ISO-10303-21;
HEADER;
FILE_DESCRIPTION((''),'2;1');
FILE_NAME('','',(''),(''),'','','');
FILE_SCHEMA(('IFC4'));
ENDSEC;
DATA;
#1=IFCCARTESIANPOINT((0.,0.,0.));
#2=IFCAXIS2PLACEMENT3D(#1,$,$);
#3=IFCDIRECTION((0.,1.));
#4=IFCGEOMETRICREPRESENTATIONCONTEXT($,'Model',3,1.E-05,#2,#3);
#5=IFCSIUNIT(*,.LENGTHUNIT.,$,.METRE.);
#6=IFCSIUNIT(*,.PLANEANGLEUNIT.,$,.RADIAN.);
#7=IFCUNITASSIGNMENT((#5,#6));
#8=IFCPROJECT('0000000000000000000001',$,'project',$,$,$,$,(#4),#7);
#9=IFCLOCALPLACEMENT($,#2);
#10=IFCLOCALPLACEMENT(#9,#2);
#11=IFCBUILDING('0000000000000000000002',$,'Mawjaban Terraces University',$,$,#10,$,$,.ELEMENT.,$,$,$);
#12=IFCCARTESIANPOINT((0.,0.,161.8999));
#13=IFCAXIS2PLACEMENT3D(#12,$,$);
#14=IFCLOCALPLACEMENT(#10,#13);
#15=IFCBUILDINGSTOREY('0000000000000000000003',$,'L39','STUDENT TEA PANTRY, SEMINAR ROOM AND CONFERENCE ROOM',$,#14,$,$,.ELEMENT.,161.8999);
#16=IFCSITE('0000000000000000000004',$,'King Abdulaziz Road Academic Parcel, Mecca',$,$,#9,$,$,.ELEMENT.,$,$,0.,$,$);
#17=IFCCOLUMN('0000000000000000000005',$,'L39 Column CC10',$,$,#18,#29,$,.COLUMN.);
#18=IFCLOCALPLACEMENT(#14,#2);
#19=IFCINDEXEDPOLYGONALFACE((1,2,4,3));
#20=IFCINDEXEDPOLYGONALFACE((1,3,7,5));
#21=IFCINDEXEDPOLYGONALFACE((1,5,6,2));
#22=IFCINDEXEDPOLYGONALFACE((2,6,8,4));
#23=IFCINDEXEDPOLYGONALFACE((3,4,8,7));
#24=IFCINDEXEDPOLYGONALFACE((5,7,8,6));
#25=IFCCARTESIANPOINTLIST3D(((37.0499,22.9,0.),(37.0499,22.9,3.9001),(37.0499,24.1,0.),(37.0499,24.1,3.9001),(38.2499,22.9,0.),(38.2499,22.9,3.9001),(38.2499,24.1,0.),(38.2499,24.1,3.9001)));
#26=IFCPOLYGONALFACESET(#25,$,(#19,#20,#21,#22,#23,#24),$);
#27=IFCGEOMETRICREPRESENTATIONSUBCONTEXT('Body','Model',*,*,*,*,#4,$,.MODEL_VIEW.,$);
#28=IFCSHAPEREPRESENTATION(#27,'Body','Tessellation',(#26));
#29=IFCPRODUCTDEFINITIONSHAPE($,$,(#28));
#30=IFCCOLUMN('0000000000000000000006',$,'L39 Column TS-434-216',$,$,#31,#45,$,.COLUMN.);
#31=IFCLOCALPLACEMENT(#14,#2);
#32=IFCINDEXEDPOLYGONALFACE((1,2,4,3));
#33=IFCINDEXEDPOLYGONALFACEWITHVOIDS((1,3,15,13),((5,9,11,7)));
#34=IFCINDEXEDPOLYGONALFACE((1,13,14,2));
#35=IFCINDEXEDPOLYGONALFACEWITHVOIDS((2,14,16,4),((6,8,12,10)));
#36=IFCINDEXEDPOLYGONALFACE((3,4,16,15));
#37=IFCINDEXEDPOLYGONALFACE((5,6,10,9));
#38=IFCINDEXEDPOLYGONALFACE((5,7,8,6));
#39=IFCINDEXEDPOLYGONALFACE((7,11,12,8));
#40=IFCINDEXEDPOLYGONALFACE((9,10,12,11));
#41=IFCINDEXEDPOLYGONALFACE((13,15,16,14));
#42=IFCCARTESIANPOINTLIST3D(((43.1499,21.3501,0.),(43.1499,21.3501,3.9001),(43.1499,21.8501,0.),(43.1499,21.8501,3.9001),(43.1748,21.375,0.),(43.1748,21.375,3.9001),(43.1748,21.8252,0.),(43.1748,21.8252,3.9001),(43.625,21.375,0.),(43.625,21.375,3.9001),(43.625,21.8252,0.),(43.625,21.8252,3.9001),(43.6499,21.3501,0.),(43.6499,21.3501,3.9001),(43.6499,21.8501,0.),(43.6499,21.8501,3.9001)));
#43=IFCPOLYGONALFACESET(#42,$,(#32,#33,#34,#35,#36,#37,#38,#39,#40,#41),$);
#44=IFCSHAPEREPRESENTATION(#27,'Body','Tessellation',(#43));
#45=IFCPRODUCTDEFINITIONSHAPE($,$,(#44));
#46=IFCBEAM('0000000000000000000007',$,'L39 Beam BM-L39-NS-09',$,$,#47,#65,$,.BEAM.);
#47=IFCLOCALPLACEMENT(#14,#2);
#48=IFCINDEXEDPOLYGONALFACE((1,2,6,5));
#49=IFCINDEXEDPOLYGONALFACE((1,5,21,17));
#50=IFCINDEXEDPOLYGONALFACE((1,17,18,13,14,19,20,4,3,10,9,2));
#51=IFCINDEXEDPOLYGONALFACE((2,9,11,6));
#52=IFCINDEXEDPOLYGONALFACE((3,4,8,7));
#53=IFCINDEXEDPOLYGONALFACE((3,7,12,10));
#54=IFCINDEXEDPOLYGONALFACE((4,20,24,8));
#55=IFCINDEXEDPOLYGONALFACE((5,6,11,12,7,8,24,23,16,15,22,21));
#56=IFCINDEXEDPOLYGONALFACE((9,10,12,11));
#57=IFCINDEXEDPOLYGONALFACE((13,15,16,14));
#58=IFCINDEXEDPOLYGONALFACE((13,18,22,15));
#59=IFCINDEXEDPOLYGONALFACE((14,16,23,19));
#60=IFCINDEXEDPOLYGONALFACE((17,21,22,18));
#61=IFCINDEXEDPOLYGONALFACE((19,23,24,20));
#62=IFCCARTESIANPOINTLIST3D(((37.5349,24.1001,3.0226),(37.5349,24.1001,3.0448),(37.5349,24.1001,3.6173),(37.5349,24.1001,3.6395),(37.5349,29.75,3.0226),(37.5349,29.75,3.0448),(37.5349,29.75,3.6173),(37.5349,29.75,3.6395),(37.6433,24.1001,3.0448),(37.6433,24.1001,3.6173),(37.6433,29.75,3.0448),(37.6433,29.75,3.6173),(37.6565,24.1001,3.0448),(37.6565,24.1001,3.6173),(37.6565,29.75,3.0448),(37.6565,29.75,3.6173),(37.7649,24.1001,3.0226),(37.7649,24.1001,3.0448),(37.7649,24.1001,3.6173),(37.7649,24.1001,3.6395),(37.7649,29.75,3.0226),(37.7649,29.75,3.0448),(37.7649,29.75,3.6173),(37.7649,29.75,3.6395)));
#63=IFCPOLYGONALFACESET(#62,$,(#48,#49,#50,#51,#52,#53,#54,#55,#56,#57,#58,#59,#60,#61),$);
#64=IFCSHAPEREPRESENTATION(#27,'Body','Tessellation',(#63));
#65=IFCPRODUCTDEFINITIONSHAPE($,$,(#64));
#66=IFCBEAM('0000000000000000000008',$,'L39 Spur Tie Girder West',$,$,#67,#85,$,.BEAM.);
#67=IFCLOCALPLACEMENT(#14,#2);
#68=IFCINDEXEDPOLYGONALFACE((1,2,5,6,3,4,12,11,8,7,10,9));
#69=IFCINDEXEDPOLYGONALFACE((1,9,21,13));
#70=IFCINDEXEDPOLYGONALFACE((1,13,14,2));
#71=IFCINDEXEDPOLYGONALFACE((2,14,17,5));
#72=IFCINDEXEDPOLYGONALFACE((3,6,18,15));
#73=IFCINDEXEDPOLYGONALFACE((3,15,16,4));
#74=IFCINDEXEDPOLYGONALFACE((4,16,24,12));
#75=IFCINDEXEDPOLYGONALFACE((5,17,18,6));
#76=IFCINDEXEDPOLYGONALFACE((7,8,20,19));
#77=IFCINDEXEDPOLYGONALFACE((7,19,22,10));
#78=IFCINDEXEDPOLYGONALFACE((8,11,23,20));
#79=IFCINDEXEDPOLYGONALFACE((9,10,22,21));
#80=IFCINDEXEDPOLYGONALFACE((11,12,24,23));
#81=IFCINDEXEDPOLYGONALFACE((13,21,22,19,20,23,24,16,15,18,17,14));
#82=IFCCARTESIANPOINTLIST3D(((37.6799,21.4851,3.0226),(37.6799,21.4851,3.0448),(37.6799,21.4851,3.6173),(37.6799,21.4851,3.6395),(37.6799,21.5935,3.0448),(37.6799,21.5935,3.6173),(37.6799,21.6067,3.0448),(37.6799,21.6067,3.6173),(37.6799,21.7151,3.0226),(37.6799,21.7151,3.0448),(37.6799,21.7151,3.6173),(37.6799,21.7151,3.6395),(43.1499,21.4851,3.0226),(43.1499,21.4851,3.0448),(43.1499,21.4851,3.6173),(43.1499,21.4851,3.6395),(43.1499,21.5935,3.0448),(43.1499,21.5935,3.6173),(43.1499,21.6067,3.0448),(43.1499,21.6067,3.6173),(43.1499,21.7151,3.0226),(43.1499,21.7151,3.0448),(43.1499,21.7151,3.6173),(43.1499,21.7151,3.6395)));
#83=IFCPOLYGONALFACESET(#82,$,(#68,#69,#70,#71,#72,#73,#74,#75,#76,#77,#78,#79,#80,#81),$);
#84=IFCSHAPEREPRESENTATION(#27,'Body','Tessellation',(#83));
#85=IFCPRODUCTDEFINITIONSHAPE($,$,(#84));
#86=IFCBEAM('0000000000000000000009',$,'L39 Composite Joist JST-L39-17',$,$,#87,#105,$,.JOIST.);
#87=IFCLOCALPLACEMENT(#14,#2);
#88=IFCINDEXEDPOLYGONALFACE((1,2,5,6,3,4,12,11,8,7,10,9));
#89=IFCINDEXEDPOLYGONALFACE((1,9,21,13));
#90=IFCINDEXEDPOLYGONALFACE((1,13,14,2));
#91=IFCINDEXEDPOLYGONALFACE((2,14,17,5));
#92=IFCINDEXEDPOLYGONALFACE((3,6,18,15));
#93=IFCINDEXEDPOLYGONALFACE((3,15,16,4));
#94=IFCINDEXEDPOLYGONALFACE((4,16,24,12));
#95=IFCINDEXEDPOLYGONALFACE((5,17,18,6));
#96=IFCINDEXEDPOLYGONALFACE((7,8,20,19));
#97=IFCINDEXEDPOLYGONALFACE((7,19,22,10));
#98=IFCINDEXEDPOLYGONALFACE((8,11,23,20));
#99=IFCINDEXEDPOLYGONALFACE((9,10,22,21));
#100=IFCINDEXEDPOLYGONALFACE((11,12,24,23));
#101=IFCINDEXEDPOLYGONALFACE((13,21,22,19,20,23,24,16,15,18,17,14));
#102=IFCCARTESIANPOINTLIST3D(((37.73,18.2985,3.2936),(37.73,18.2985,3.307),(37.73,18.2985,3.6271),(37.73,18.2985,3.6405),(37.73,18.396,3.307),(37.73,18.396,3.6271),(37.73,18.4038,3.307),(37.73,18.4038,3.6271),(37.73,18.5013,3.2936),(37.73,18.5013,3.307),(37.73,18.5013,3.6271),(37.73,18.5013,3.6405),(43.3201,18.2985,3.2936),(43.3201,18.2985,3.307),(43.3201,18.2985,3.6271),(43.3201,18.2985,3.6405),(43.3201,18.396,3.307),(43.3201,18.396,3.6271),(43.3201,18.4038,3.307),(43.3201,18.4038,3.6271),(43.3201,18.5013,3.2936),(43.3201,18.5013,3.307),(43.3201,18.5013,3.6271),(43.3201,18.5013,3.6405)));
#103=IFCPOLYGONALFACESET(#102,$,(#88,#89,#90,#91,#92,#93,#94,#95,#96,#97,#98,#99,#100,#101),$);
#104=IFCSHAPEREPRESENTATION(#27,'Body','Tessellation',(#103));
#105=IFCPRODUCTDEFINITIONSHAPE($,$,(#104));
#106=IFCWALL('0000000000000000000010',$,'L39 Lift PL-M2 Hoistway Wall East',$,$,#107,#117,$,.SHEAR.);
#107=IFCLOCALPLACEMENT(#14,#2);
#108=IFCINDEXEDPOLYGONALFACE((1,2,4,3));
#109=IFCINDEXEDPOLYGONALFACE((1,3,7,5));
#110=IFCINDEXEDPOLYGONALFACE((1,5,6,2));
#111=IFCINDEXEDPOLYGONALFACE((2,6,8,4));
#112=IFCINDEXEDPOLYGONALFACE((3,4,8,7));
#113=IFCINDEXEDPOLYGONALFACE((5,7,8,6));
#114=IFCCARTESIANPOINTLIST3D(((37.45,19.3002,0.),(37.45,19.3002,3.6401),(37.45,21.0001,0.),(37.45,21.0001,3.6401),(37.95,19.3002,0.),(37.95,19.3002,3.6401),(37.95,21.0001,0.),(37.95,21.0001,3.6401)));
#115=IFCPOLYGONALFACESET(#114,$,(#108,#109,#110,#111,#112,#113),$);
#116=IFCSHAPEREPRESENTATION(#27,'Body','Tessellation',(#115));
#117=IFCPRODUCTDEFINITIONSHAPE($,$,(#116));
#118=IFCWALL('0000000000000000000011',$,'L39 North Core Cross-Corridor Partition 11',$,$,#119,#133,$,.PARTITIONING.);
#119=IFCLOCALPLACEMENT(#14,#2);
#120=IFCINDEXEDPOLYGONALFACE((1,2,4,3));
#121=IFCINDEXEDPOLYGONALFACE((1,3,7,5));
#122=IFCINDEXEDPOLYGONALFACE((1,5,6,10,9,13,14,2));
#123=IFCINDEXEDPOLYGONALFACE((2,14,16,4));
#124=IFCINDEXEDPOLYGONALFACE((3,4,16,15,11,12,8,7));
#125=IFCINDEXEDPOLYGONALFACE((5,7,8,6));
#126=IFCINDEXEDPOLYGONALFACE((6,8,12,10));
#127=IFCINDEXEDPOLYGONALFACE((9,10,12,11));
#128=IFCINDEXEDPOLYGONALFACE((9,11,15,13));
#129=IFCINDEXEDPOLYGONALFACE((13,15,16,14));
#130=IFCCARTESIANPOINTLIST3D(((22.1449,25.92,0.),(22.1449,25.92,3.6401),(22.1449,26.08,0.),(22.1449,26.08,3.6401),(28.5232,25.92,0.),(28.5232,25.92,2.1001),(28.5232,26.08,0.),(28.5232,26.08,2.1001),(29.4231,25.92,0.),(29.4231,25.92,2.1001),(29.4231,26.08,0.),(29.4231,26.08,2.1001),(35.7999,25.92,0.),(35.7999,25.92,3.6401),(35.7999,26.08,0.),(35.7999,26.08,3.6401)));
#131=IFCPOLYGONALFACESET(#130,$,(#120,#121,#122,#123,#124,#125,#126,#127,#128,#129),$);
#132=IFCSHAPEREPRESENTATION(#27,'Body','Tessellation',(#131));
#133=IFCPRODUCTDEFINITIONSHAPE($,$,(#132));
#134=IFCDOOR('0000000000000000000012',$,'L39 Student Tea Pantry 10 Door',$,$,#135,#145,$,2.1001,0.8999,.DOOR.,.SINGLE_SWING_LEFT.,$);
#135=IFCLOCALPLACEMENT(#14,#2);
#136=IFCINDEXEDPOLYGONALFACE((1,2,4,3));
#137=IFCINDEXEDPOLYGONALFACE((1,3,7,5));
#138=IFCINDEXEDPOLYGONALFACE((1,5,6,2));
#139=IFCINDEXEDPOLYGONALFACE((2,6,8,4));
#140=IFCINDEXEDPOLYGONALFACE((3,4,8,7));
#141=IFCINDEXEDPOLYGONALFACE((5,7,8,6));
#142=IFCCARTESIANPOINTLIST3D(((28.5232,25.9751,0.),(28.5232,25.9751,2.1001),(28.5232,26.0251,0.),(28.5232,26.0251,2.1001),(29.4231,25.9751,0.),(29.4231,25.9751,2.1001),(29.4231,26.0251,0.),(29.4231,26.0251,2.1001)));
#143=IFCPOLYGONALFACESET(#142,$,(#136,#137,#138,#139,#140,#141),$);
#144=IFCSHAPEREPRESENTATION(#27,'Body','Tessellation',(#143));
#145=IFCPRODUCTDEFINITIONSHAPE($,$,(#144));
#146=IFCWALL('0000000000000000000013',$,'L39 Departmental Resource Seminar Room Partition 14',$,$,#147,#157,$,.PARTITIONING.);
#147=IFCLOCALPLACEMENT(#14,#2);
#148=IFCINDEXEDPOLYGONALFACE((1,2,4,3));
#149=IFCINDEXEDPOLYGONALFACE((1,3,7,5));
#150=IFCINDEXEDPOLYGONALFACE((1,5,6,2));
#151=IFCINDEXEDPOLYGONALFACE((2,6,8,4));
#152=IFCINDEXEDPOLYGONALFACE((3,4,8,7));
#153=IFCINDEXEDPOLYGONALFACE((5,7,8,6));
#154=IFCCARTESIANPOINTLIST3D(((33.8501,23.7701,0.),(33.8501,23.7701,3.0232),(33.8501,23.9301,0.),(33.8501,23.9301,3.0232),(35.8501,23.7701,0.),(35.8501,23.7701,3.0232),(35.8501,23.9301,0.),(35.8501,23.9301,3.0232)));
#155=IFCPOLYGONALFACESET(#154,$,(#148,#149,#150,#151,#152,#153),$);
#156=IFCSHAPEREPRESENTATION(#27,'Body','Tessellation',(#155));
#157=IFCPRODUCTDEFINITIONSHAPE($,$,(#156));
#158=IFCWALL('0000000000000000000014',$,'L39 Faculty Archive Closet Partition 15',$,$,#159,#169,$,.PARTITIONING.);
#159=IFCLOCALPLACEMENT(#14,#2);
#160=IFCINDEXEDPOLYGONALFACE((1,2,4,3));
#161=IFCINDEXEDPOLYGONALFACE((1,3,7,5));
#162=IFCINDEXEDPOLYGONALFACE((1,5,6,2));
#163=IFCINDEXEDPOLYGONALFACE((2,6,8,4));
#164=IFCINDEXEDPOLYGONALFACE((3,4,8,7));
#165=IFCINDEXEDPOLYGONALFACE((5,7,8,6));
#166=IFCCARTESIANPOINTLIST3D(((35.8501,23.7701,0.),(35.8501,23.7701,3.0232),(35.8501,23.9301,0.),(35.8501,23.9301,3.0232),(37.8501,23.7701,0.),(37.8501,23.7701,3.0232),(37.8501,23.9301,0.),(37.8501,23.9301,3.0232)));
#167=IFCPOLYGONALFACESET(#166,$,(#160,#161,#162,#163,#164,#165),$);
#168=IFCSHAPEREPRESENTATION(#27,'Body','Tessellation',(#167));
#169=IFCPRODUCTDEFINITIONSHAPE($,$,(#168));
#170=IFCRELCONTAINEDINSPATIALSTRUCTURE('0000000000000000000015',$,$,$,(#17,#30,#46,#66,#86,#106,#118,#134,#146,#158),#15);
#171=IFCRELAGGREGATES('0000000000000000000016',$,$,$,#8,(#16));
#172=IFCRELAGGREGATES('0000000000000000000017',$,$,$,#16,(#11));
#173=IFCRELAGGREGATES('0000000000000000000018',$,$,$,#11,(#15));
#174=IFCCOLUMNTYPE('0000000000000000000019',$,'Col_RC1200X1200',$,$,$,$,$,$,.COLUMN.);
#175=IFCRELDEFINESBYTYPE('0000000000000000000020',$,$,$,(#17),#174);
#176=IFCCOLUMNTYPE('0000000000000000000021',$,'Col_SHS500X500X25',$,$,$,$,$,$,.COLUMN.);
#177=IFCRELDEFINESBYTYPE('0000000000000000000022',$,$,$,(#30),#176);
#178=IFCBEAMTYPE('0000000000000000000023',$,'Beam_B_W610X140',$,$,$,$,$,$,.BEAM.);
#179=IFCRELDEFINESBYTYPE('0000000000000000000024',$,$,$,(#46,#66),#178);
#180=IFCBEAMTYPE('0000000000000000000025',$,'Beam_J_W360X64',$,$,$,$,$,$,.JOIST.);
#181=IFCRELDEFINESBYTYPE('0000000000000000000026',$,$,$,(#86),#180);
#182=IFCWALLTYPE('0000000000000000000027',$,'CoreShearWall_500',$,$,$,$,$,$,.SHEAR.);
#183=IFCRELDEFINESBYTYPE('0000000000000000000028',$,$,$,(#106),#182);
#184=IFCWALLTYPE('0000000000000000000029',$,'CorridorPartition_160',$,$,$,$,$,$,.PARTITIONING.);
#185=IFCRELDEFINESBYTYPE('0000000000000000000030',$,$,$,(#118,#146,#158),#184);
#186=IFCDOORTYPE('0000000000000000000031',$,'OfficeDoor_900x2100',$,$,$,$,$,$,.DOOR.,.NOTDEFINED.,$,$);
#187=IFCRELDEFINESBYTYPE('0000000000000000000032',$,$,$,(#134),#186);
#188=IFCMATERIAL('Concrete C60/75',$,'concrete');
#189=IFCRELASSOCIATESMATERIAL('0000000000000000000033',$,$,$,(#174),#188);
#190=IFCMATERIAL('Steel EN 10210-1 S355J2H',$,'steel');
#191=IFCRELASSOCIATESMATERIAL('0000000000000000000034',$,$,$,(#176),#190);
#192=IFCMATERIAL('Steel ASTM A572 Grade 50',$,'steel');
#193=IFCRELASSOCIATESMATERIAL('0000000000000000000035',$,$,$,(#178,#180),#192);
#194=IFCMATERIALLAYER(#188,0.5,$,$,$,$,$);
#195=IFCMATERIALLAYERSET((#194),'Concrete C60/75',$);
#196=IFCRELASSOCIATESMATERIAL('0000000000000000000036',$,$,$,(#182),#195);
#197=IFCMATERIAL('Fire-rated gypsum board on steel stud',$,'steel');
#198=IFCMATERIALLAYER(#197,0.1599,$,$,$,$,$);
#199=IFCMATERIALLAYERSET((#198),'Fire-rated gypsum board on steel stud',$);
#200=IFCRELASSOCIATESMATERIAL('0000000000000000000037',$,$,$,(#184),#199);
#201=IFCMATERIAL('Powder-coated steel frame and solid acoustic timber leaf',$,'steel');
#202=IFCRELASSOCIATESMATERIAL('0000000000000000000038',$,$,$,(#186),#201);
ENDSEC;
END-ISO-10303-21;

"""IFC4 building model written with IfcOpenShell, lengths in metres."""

from ifc_helpers import new_model, si_unit, direction, frame, frame_2d, origin, origin_2d, place, context, subcontext, project, spatial, rectangle, hollow_rectangle, i_section, extrude, material, layer, layer_set, material_profile, profile_set, type_object, element, fill, save


model = new_model("IFC4")

# Units and contexts
model_context = context("Model", 3, precision=1e-05, world=origin(), true_north=direction((0.0, 1.0)))
body_context = subcontext(model_context, "Body", "Model", "MODEL_VIEW")
ifc_project = project(units=[si_unit("LENGTHUNIT", "METRE"), si_unit("PLANEANGLEUNIT", "RADIAN")], contexts=[model_context])

# Site, building, storey
site_placement = place(None, origin())
site = spatial("IfcSite", under=ifc_project, at=site_placement, Name="King Abdulaziz Road Academic Parcel, Mecca", CompositionType="ELEMENT", RefElevation=0.0)
building_placement = place(site_placement, origin())
building = spatial("IfcBuilding", under=site, at=building_placement, Name="Mawjaban Terraces University", CompositionType="ELEMENT")
storey_placement = place(building_placement, frame((0.0, 0.0, 161.8999)))
storey = spatial("IfcBuildingStorey", under=building, at=storey_placement, Name="L39", Description="STUDENT TEA PANTRY, SEMINAR ROOM AND CONFERENCE ROOM", CompositionType="ELEMENT", Elevation=161.8999)

# Columns
ifc_material_1 = material(Name="Concrete C60/75", Category="concrete")
ifc_material_profile_1 = material_profile(ifc_material_1, rectangle(XDim=1.2, YDim=1.2, at=origin_2d()), Name="RC1200X1200")
ifc_profile_set_1 = profile_set([ifc_material_profile_1], Name="Concrete C60/75")
column_type_1 = type_object("IfcColumnType", Name="Col_RC1200X1200", PredefinedType="COLUMN", material=ifc_profile_set_1)
column_1_placement = place(storey_placement, frame((37.6499, 23.5, 0.0), z_axis=(0.0, 0.0, 1.0), x_axis=(1.0, 0.0, 0.0)))
element("IfcColumn", 1, at=column_1_placement, inside=storey, type_object=column_type_1, Name="L39 Column CC10", PredefinedType="COLUMN", context=body_context, shape_type="SweptSolid", body=[
    extrude(rectangle(XDim=1.2, YDim=1.2, at=origin_2d()), origin(), (0.0, 0.0, 1.0), 3.9001),
])
ifc_material_2 = material(Name="Steel EN 10210-1 S355J2H", Category="steel")
ifc_material_profile_2 = material_profile(ifc_material_2, hollow_rectangle(XDim=0.5, YDim=0.5, WallThickness=0.0249, at=origin_2d()), Name="SHS500X500X25")
ifc_profile_set_2 = profile_set([ifc_material_profile_2], Name="Steel EN 10210-1 S355J2H")
column_type_2 = type_object("IfcColumnType", Name="Col_SHS500X500X25", PredefinedType="COLUMN", material=ifc_profile_set_2)
column_2_placement = place(storey_placement, frame((43.3999, 21.6001, 0.0), z_axis=(0.0, 0.0, 1.0), x_axis=(1.0, 0.0, 0.0)))
element("IfcColumn", 2, at=column_2_placement, inside=storey, type_object=column_type_2, Name="L39 Column TS-434-216", PredefinedType="COLUMN", context=body_context, shape_type="SweptSolid", body=[
    extrude(hollow_rectangle(XDim=0.5, YDim=0.5, WallThickness=0.0249, at=origin_2d()), origin(), (0.0, 0.0, 1.0), 3.9001),
])

# Beams
ifc_material_3 = material(Name="Steel ASTM A572 Grade 50", Category="steel")
ifc_material_profile_3 = material_profile(ifc_material_3, i_section(OverallWidth=0.23, OverallDepth=0.6169, WebThickness=0.0132, FlangeThickness=0.0222, at=origin_2d()), Name="W610X140")
ifc_profile_set_3 = profile_set([ifc_material_profile_3], Name="Steel ASTM A572 Grade 50")
beam_type_1 = type_object("IfcBeamType", Name="Beam_B_W610X140", PredefinedType="BEAM", material=ifc_profile_set_3)
beam_1_placement = place(storey_placement, frame((37.6499, 24.1001, 3.3311), z_axis=(0.0, 1.0, 0.0), x_axis=(-1.0, 0.0, 0.0)))
element("IfcBeam", 3, at=beam_1_placement, inside=storey, type_object=beam_type_1, Name="L39 Beam BM-L39-NS-09", PredefinedType="BEAM", context=body_context, shape_type="SweptSolid", body=[
    extrude(i_section(OverallWidth=0.23, OverallDepth=0.6169, WebThickness=0.0132, FlangeThickness=0.0222, at=origin_2d()), origin(), (0.0, 0.0, 1.0), 5.6499),
])
beam_2_placement = place(storey_placement, frame((37.6799, 21.6001, 3.3311), z_axis=(1.0, 0.0, 0.0), x_axis=(0.0, 1.0, 0.0)))
element("IfcBeam", 4, at=beam_2_placement, inside=storey, type_object=beam_type_1, Name="L39 Spur Tie Girder West", PredefinedType="BEAM", context=body_context, shape_type="SweptSolid", body=[
    extrude(i_section(OverallWidth=0.23, OverallDepth=0.6169, WebThickness=0.0132, FlangeThickness=0.0222, at=origin_2d()), origin(), (0.0, 0.0, 1.0), 5.47),
])
ifc_material_profile_4 = material_profile(ifc_material_3, i_section(OverallWidth=0.2029, OverallDepth=0.3469, WebThickness=0.0078, FlangeThickness=0.0134, at=origin_2d()), Name="W360X64")
ifc_profile_set_4 = profile_set([ifc_material_profile_4], Name="Steel ASTM A572 Grade 50")
beam_type_2 = type_object("IfcBeamType", Name="Beam_J_W360X64", PredefinedType="JOIST", material=ifc_profile_set_4)
beam_3_placement = place(storey_placement, frame((37.73, 18.3999, 3.467), z_axis=(1.0, 0.0, 0.0), x_axis=(0.0, 1.0, 0.0)))
element("IfcBeam", 5, at=beam_3_placement, inside=storey, type_object=beam_type_2, Name="L39 Composite Joist JST-L39-17", PredefinedType="JOIST", context=body_context, shape_type="SweptSolid", body=[
    extrude(i_section(OverallWidth=0.2029, OverallDepth=0.3469, WebThickness=0.0078, FlangeThickness=0.0134, at=origin_2d()), origin(), (0.0, 0.0, 1.0), 5.5901),
])

# Wall
ifc_layer_1 = layer(ifc_material_1, 0.5)
ifc_layer_set_1 = layer_set([ifc_layer_1], Name="Concrete C60/75")
wall_type_1 = type_object("IfcWallType", Name="CoreShearWall_500", PredefinedType="SHEAR", material=ifc_layer_set_1)
wall_1_placement = place(storey_placement, frame((37.7, 19.3, 0.0), z_axis=(0.0, 0.0, 1.0), x_axis=(0.0, 1.0, 0.0)))
element("IfcWall", 6, at=wall_1_placement, inside=storey, type_object=wall_type_1, Name="L39 Lift PL-M2 Hoistway Wall East", PredefinedType="SHEAR", context=body_context, shape_type="SweptSolid", body=[
    extrude(rectangle(XDim=1.7, YDim=0.5, at=frame_2d((0.8501, 0.0))), origin(), (0.0, 0.0, 1.0), 3.6401),
])

# Wall, opening, door
ifc_material_4 = material(Name="Fire-rated gypsum board on steel stud", Category="steel")
ifc_layer_2 = layer(ifc_material_4, 0.1599)
ifc_layer_set_2 = layer_set([ifc_layer_2], Name="Fire-rated gypsum board on steel stud")
wall_type_2 = type_object("IfcWallType", Name="CorridorPartition_160", PredefinedType="PARTITIONING", material=ifc_layer_set_2)
wall_2_placement = place(storey_placement, frame((35.8, 26.0, 0.0), z_axis=(0.0, 0.0, 1.0), x_axis=(-1.0, 0.0, 0.0)))
wall_2 = element("IfcWall", 7, at=wall_2_placement, inside=storey, type_object=wall_type_2, Name="L39 North Core Cross-Corridor Partition 11", PredefinedType="PARTITIONING", context=body_context, shape_type="SweptSolid", body=[
    extrude(rectangle(XDim=13.655, YDim=0.1599, at=frame_2d((6.8276, 0.0))), origin(), (0.0, 0.0, 1.0), 3.6401),
])
opening_1_placement = place(wall_2_placement, frame((6.377, 0.0, 0.0)))
opening_1 = element("IfcOpeningElement", 8, at=opening_1_placement, cuts=wall_2, PredefinedType="OPENING", context=body_context, shape_type="SweptSolid", body=[
    extrude(rectangle(XDim=0.8999, YDim=2.1001, at=frame_2d((0.45, 1.05))), frame((0.0, 0.0898, 0.0), z_axis=(0.0, -1.0, 0.0), x_axis=(1.0, 0.0, 0.0)), (0.0, 0.0, 1.0), 0.1799),
])
ifc_material_5 = material(Name="Powder-coated steel frame and solid acoustic timber leaf", Category="steel")
door_type_1 = type_object("IfcDoorType", Name="OfficeDoor_900x2100", OperationType="NOTDEFINED", PredefinedType="DOOR", material=ifc_material_5)
door_1_placement = place(opening_1_placement, origin())
door_1 = element("IfcDoor", 9, at=door_1_placement, inside=storey, type_object=door_type_1, Name="L39 Student Tea Pantry 10 Door", OperationType="SINGLE_SWING_LEFT", OverallHeight=2.1001, OverallWidth=0.8999, PredefinedType="DOOR", context=body_context, shape_type="SweptSolid", body=[
    extrude(rectangle(XDim=0.8999, YDim=2.1001, at=frame_2d((0.45, 1.05))), frame((0.0, 0.0249, 0.0), z_axis=(0.0, -1.0, 0.0), x_axis=(1.0, 0.0, 0.0)), (0.0, 0.0, 1.0), 0.05),
])
fill(opening_1, door_1)

# Walls
for number, where, z_axis, x_axis, name in (
    (10, (35.8501, 23.8501, 0.0), (0.0, 0.0, 1.0), (-1.0, 0.0, 0.0), "L39 Departmental Resource Seminar Room Partition 14"),
    (11, (37.8501, 23.8501, 0.0), (0.0, 0.0, 1.0), (-1.0, 0.0, 0.0), "L39 Faculty Archive Closet Partition 15"),
):
    element("IfcWall", number, at=place(storey_placement, frame(where, z_axis=z_axis, x_axis=x_axis)), inside=storey, type_object=wall_type_2, Name=name, PredefinedType="PARTITIONING", context=body_context, shape_type="SweptSolid", body=[
        extrude(rectangle(XDim=2.0, YDim=0.1599, at=frame_2d((1.0, 0.0))), origin(), (0.0, 0.0, 1.0), 3.0232),
    ])

save(model, "model.ifc")
